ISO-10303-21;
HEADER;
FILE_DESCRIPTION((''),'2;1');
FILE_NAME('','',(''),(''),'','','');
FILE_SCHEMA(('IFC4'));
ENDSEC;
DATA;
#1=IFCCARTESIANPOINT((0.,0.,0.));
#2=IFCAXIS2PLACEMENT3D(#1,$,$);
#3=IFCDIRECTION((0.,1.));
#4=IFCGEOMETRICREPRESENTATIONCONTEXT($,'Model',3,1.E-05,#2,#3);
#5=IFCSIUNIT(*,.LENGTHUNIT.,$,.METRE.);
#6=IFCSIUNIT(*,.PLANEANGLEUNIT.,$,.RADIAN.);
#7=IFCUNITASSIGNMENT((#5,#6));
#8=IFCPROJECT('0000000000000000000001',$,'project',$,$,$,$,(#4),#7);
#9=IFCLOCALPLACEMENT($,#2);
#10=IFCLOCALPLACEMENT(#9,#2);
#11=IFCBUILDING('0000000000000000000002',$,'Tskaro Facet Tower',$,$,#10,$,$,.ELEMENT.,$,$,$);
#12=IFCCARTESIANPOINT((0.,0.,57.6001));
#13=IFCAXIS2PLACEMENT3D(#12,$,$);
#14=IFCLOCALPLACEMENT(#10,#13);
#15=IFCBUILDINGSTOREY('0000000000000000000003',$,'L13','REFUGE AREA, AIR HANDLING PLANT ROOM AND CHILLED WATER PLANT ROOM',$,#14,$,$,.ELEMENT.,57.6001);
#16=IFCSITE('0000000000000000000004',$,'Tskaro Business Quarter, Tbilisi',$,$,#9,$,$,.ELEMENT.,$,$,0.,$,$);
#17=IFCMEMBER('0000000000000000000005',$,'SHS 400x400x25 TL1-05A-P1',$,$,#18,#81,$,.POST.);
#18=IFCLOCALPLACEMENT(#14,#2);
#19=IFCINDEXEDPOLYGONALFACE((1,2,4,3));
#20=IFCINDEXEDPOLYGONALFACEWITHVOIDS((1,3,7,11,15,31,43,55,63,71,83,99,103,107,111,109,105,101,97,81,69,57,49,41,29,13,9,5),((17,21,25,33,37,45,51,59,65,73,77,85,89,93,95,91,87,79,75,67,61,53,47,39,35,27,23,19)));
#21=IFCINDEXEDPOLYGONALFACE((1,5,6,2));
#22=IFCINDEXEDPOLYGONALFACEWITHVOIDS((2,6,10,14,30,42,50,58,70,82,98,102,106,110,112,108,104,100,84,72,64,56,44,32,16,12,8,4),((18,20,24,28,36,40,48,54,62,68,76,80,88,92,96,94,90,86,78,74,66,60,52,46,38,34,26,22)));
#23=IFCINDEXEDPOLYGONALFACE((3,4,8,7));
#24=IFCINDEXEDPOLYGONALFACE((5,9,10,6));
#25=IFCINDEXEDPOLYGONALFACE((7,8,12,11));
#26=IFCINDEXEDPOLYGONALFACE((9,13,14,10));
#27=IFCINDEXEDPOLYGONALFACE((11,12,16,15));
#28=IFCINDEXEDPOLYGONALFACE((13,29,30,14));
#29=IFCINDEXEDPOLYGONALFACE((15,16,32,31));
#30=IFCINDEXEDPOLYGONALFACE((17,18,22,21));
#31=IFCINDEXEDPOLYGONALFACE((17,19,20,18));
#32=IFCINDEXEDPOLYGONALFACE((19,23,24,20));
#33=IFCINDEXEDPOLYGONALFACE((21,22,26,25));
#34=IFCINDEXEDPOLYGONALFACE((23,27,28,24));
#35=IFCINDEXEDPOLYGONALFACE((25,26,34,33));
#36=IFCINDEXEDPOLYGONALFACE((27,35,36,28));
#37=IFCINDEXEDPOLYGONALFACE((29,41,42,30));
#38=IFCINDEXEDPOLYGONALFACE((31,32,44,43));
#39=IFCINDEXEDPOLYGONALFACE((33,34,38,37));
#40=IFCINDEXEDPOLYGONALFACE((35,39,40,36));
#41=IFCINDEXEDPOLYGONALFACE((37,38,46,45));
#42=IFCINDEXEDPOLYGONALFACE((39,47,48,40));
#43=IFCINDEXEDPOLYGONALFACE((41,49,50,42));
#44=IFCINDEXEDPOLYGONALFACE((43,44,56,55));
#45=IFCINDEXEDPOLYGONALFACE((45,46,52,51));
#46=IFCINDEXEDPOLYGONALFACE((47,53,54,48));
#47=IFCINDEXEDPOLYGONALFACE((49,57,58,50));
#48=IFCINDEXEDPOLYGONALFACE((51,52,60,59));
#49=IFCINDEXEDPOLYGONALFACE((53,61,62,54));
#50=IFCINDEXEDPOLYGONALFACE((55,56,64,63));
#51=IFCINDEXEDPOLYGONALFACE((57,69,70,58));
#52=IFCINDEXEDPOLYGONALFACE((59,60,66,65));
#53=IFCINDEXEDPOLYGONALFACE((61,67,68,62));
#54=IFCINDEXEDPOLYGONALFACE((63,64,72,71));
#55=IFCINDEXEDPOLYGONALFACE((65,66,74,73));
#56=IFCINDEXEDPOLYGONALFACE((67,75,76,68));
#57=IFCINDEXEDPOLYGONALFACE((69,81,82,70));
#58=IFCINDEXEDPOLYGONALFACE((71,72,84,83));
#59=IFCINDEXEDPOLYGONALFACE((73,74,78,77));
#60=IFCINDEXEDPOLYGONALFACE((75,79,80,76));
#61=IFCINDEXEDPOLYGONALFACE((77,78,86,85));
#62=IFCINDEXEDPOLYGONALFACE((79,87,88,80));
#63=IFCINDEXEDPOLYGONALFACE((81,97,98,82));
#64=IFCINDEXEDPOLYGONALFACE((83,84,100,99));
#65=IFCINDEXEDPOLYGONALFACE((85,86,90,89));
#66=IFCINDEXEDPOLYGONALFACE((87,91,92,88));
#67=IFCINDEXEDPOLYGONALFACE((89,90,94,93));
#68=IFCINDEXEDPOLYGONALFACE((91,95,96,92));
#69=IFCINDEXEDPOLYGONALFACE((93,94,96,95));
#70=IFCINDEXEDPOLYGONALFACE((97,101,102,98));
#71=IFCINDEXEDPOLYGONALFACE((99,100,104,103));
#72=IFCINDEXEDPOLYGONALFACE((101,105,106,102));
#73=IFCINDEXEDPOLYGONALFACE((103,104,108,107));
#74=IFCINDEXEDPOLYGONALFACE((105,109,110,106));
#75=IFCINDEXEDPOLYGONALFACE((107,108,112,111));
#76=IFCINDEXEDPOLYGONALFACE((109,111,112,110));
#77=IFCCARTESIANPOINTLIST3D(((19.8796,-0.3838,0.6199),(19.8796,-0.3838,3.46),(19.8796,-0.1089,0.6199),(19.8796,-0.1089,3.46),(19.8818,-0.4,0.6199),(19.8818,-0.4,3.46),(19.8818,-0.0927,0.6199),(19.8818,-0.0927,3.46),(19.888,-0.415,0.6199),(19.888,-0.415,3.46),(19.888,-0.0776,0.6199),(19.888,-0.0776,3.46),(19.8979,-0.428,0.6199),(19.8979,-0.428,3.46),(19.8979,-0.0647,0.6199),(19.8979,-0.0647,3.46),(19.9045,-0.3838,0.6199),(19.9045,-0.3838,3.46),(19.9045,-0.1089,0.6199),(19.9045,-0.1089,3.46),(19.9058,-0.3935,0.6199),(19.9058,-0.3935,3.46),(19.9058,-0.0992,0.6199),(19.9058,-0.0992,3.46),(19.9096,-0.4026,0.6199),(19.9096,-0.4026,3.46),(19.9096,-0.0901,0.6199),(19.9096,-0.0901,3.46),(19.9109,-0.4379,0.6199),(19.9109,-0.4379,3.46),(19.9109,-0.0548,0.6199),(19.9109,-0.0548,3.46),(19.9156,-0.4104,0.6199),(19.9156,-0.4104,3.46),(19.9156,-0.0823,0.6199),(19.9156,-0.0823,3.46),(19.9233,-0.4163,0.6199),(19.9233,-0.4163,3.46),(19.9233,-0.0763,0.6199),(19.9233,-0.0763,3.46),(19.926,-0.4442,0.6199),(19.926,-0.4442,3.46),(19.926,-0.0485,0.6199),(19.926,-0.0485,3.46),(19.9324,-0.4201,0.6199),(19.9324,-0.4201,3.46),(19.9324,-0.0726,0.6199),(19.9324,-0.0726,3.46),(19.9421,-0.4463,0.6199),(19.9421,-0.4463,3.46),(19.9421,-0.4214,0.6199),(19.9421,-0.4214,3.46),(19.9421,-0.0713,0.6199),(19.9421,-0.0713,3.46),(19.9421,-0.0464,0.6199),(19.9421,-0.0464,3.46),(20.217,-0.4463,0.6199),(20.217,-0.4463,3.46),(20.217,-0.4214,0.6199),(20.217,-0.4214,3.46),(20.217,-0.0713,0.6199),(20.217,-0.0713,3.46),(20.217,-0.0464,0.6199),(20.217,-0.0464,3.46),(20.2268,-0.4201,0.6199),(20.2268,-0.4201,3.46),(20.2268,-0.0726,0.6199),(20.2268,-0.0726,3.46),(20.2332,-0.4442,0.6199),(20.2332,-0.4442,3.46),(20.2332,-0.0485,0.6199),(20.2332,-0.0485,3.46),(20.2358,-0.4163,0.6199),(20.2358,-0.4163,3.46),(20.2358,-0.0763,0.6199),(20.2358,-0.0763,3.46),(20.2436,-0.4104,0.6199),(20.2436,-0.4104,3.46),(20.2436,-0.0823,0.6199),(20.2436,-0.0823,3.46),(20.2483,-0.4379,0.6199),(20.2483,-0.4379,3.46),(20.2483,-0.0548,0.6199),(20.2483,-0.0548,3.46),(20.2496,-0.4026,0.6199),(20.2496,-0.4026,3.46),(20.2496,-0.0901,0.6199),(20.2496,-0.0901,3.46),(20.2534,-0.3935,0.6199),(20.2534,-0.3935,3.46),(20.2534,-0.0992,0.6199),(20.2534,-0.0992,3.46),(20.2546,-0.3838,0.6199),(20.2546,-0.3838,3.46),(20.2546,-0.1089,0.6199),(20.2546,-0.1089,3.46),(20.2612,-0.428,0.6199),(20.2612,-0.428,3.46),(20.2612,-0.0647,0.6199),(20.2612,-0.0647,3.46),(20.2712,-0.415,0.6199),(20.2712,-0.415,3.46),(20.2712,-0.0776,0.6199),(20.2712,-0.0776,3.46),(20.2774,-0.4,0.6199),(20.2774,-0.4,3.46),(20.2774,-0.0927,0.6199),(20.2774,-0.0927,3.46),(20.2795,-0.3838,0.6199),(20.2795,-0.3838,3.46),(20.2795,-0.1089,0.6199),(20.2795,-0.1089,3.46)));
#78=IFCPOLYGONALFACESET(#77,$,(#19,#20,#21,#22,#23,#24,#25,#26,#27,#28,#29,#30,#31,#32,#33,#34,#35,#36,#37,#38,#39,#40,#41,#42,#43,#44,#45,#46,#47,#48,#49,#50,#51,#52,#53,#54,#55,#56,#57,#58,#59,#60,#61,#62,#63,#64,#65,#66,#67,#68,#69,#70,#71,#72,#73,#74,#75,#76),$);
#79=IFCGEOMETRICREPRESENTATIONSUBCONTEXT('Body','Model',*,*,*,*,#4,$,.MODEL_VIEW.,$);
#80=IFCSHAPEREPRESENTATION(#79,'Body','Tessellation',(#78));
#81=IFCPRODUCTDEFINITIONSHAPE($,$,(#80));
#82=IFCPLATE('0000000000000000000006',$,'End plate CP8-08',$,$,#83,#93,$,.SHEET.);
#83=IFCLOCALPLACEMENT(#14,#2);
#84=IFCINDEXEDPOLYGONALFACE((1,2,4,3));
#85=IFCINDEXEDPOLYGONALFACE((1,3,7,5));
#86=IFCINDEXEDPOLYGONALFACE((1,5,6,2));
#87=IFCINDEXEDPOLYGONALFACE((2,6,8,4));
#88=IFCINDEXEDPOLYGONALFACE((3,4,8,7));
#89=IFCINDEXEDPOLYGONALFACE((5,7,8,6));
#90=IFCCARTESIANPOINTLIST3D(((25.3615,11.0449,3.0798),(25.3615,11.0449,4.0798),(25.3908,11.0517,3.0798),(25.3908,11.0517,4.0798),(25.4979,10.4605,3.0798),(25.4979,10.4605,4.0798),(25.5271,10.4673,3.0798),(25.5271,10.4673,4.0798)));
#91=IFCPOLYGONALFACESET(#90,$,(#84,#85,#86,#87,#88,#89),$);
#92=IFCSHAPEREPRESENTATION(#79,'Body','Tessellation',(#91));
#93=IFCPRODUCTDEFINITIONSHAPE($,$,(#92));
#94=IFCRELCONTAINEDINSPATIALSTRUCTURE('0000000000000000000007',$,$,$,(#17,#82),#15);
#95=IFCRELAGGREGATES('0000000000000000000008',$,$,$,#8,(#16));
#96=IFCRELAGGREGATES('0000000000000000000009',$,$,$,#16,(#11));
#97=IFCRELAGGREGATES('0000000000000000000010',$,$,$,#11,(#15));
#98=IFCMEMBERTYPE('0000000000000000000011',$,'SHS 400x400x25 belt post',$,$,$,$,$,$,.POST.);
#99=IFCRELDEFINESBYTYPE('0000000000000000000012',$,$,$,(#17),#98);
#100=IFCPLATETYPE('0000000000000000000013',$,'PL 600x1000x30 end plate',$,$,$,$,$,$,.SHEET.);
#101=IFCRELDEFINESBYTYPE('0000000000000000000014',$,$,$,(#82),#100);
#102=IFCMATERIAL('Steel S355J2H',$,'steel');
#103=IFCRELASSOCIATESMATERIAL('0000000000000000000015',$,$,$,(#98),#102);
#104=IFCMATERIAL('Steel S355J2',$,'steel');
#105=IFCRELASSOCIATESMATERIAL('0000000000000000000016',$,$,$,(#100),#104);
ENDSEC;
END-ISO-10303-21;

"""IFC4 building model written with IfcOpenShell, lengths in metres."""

from ifc_helpers import new_model, si_unit, direction, frame, origin, origin_2d, place, context, subcontext, project, spatial, rectangle, hollow_rectangle, extrude, material, material_profile, profile_set, type_object, element, save


model = new_model("IFC4")

# Units and contexts
model_context = context("Model", 3, precision=1e-05, world=origin(), true_north=direction((0.0, 1.0)))
body_context = subcontext(model_context, "Body", "Model", "MODEL_VIEW")
ifc_project = project(units=[si_unit("LENGTHUNIT", "METRE"), si_unit("PLANEANGLEUNIT", "RADIAN")], contexts=[model_context])

# Site, building, storey
site_placement = place(None, origin())
site = spatial("IfcSite", under=ifc_project, at=site_placement, Name="Tskaro Business Quarter, Tbilisi", CompositionType="ELEMENT", RefElevation=0.0)
building_placement = place(site_placement, origin())
building = spatial("IfcBuilding", under=site, at=building_placement, Name="Tskaro Facet Tower", CompositionType="ELEMENT")
storey_placement = place(building_placement, frame((0.0, 0.0, 57.6001)))
storey = spatial("IfcBuildingStorey", under=building, at=storey_placement, Name="L13", Description="REFUGE AREA, AIR HANDLING PLANT ROOM AND CHILLED WATER PLANT ROOM", CompositionType="ELEMENT", Elevation=57.6001)

# Shared definitions
ifc_material_1 = material(Name="Steel S355J2H", Category="steel")

# Shared definitions
ifc_material_2 = material(Name="Steel S355J2", Category="steel")

# Member
ifc_material_profile_1 = material_profile(ifc_material_1, hollow_rectangle(XDim=0.3999, YDim=0.3999, WallThickness=0.0249, InnerFilletRadius=0.0376, OuterFilletRadius=0.0625, at=origin_2d()), Name="SHS 400x400x25")
ifc_profile_set_1 = profile_set([ifc_material_profile_1], Name="Steel S355J2H")
member_type_1 = type_object("IfcMemberType", Name="SHS 400x400x25 belt post", PredefinedType="POST", material=ifc_profile_set_1)
for number, where, z_axis, x_axis, name in (
    (1, (20.0796, -0.2463, 0.6199), (0.0, 0.0, 1.0), (1.0, 0.0, 0.0), "SHS 400x400x25 TL1-05A-P1"),
):
    element("IfcMember", number, at=place(storey_placement, frame(where, z_axis=z_axis, x_axis=x_axis)), inside=storey, type_object=member_type_1, Name=name, PredefinedType="POST", context=body_context, shape_type="SweptSolid", body=[
        extrude(hollow_rectangle(XDim=0.3999, YDim=0.3999, WallThickness=0.0249, InnerFilletRadius=0.0376, OuterFilletRadius=0.0625, at=origin_2d()), origin(), (0.0, 0.0, 1.0), 2.8401),
    ])

# Plate
ifc_material_profile_2 = material_profile(ifc_material_2, rectangle(XDim=0.6001, YDim=1.0, at=origin_2d()), Name="PL 600x1000x30 end plate")
ifc_profile_set_2 = profile_set([ifc_material_profile_2], Name="Steel S355J2")
plate_type = type_object("IfcPlateType", Name="PL 600x1000x30 end plate", PredefinedType="SHEET", material=ifc_profile_set_2)
plate_placement = place(storey_placement, frame((25.4297, 10.7527, 3.5798), z_axis=(0.973841, 0.22723, 0.0), x_axis=(-0.22723, 0.973841, 0.0)))
element("IfcPlate", 2, at=plate_placement, inside=storey, type_object=plate_type, Name="End plate CP8-08", PredefinedType="SHEET", context=body_context, shape_type="SweptSolid", body=[
    extrude(rectangle(XDim=0.6001, YDim=1.0, at=origin_2d()), origin(), (0.0, 0.0, 1.0), 0.03),
])

save(model, "model.ifc")
